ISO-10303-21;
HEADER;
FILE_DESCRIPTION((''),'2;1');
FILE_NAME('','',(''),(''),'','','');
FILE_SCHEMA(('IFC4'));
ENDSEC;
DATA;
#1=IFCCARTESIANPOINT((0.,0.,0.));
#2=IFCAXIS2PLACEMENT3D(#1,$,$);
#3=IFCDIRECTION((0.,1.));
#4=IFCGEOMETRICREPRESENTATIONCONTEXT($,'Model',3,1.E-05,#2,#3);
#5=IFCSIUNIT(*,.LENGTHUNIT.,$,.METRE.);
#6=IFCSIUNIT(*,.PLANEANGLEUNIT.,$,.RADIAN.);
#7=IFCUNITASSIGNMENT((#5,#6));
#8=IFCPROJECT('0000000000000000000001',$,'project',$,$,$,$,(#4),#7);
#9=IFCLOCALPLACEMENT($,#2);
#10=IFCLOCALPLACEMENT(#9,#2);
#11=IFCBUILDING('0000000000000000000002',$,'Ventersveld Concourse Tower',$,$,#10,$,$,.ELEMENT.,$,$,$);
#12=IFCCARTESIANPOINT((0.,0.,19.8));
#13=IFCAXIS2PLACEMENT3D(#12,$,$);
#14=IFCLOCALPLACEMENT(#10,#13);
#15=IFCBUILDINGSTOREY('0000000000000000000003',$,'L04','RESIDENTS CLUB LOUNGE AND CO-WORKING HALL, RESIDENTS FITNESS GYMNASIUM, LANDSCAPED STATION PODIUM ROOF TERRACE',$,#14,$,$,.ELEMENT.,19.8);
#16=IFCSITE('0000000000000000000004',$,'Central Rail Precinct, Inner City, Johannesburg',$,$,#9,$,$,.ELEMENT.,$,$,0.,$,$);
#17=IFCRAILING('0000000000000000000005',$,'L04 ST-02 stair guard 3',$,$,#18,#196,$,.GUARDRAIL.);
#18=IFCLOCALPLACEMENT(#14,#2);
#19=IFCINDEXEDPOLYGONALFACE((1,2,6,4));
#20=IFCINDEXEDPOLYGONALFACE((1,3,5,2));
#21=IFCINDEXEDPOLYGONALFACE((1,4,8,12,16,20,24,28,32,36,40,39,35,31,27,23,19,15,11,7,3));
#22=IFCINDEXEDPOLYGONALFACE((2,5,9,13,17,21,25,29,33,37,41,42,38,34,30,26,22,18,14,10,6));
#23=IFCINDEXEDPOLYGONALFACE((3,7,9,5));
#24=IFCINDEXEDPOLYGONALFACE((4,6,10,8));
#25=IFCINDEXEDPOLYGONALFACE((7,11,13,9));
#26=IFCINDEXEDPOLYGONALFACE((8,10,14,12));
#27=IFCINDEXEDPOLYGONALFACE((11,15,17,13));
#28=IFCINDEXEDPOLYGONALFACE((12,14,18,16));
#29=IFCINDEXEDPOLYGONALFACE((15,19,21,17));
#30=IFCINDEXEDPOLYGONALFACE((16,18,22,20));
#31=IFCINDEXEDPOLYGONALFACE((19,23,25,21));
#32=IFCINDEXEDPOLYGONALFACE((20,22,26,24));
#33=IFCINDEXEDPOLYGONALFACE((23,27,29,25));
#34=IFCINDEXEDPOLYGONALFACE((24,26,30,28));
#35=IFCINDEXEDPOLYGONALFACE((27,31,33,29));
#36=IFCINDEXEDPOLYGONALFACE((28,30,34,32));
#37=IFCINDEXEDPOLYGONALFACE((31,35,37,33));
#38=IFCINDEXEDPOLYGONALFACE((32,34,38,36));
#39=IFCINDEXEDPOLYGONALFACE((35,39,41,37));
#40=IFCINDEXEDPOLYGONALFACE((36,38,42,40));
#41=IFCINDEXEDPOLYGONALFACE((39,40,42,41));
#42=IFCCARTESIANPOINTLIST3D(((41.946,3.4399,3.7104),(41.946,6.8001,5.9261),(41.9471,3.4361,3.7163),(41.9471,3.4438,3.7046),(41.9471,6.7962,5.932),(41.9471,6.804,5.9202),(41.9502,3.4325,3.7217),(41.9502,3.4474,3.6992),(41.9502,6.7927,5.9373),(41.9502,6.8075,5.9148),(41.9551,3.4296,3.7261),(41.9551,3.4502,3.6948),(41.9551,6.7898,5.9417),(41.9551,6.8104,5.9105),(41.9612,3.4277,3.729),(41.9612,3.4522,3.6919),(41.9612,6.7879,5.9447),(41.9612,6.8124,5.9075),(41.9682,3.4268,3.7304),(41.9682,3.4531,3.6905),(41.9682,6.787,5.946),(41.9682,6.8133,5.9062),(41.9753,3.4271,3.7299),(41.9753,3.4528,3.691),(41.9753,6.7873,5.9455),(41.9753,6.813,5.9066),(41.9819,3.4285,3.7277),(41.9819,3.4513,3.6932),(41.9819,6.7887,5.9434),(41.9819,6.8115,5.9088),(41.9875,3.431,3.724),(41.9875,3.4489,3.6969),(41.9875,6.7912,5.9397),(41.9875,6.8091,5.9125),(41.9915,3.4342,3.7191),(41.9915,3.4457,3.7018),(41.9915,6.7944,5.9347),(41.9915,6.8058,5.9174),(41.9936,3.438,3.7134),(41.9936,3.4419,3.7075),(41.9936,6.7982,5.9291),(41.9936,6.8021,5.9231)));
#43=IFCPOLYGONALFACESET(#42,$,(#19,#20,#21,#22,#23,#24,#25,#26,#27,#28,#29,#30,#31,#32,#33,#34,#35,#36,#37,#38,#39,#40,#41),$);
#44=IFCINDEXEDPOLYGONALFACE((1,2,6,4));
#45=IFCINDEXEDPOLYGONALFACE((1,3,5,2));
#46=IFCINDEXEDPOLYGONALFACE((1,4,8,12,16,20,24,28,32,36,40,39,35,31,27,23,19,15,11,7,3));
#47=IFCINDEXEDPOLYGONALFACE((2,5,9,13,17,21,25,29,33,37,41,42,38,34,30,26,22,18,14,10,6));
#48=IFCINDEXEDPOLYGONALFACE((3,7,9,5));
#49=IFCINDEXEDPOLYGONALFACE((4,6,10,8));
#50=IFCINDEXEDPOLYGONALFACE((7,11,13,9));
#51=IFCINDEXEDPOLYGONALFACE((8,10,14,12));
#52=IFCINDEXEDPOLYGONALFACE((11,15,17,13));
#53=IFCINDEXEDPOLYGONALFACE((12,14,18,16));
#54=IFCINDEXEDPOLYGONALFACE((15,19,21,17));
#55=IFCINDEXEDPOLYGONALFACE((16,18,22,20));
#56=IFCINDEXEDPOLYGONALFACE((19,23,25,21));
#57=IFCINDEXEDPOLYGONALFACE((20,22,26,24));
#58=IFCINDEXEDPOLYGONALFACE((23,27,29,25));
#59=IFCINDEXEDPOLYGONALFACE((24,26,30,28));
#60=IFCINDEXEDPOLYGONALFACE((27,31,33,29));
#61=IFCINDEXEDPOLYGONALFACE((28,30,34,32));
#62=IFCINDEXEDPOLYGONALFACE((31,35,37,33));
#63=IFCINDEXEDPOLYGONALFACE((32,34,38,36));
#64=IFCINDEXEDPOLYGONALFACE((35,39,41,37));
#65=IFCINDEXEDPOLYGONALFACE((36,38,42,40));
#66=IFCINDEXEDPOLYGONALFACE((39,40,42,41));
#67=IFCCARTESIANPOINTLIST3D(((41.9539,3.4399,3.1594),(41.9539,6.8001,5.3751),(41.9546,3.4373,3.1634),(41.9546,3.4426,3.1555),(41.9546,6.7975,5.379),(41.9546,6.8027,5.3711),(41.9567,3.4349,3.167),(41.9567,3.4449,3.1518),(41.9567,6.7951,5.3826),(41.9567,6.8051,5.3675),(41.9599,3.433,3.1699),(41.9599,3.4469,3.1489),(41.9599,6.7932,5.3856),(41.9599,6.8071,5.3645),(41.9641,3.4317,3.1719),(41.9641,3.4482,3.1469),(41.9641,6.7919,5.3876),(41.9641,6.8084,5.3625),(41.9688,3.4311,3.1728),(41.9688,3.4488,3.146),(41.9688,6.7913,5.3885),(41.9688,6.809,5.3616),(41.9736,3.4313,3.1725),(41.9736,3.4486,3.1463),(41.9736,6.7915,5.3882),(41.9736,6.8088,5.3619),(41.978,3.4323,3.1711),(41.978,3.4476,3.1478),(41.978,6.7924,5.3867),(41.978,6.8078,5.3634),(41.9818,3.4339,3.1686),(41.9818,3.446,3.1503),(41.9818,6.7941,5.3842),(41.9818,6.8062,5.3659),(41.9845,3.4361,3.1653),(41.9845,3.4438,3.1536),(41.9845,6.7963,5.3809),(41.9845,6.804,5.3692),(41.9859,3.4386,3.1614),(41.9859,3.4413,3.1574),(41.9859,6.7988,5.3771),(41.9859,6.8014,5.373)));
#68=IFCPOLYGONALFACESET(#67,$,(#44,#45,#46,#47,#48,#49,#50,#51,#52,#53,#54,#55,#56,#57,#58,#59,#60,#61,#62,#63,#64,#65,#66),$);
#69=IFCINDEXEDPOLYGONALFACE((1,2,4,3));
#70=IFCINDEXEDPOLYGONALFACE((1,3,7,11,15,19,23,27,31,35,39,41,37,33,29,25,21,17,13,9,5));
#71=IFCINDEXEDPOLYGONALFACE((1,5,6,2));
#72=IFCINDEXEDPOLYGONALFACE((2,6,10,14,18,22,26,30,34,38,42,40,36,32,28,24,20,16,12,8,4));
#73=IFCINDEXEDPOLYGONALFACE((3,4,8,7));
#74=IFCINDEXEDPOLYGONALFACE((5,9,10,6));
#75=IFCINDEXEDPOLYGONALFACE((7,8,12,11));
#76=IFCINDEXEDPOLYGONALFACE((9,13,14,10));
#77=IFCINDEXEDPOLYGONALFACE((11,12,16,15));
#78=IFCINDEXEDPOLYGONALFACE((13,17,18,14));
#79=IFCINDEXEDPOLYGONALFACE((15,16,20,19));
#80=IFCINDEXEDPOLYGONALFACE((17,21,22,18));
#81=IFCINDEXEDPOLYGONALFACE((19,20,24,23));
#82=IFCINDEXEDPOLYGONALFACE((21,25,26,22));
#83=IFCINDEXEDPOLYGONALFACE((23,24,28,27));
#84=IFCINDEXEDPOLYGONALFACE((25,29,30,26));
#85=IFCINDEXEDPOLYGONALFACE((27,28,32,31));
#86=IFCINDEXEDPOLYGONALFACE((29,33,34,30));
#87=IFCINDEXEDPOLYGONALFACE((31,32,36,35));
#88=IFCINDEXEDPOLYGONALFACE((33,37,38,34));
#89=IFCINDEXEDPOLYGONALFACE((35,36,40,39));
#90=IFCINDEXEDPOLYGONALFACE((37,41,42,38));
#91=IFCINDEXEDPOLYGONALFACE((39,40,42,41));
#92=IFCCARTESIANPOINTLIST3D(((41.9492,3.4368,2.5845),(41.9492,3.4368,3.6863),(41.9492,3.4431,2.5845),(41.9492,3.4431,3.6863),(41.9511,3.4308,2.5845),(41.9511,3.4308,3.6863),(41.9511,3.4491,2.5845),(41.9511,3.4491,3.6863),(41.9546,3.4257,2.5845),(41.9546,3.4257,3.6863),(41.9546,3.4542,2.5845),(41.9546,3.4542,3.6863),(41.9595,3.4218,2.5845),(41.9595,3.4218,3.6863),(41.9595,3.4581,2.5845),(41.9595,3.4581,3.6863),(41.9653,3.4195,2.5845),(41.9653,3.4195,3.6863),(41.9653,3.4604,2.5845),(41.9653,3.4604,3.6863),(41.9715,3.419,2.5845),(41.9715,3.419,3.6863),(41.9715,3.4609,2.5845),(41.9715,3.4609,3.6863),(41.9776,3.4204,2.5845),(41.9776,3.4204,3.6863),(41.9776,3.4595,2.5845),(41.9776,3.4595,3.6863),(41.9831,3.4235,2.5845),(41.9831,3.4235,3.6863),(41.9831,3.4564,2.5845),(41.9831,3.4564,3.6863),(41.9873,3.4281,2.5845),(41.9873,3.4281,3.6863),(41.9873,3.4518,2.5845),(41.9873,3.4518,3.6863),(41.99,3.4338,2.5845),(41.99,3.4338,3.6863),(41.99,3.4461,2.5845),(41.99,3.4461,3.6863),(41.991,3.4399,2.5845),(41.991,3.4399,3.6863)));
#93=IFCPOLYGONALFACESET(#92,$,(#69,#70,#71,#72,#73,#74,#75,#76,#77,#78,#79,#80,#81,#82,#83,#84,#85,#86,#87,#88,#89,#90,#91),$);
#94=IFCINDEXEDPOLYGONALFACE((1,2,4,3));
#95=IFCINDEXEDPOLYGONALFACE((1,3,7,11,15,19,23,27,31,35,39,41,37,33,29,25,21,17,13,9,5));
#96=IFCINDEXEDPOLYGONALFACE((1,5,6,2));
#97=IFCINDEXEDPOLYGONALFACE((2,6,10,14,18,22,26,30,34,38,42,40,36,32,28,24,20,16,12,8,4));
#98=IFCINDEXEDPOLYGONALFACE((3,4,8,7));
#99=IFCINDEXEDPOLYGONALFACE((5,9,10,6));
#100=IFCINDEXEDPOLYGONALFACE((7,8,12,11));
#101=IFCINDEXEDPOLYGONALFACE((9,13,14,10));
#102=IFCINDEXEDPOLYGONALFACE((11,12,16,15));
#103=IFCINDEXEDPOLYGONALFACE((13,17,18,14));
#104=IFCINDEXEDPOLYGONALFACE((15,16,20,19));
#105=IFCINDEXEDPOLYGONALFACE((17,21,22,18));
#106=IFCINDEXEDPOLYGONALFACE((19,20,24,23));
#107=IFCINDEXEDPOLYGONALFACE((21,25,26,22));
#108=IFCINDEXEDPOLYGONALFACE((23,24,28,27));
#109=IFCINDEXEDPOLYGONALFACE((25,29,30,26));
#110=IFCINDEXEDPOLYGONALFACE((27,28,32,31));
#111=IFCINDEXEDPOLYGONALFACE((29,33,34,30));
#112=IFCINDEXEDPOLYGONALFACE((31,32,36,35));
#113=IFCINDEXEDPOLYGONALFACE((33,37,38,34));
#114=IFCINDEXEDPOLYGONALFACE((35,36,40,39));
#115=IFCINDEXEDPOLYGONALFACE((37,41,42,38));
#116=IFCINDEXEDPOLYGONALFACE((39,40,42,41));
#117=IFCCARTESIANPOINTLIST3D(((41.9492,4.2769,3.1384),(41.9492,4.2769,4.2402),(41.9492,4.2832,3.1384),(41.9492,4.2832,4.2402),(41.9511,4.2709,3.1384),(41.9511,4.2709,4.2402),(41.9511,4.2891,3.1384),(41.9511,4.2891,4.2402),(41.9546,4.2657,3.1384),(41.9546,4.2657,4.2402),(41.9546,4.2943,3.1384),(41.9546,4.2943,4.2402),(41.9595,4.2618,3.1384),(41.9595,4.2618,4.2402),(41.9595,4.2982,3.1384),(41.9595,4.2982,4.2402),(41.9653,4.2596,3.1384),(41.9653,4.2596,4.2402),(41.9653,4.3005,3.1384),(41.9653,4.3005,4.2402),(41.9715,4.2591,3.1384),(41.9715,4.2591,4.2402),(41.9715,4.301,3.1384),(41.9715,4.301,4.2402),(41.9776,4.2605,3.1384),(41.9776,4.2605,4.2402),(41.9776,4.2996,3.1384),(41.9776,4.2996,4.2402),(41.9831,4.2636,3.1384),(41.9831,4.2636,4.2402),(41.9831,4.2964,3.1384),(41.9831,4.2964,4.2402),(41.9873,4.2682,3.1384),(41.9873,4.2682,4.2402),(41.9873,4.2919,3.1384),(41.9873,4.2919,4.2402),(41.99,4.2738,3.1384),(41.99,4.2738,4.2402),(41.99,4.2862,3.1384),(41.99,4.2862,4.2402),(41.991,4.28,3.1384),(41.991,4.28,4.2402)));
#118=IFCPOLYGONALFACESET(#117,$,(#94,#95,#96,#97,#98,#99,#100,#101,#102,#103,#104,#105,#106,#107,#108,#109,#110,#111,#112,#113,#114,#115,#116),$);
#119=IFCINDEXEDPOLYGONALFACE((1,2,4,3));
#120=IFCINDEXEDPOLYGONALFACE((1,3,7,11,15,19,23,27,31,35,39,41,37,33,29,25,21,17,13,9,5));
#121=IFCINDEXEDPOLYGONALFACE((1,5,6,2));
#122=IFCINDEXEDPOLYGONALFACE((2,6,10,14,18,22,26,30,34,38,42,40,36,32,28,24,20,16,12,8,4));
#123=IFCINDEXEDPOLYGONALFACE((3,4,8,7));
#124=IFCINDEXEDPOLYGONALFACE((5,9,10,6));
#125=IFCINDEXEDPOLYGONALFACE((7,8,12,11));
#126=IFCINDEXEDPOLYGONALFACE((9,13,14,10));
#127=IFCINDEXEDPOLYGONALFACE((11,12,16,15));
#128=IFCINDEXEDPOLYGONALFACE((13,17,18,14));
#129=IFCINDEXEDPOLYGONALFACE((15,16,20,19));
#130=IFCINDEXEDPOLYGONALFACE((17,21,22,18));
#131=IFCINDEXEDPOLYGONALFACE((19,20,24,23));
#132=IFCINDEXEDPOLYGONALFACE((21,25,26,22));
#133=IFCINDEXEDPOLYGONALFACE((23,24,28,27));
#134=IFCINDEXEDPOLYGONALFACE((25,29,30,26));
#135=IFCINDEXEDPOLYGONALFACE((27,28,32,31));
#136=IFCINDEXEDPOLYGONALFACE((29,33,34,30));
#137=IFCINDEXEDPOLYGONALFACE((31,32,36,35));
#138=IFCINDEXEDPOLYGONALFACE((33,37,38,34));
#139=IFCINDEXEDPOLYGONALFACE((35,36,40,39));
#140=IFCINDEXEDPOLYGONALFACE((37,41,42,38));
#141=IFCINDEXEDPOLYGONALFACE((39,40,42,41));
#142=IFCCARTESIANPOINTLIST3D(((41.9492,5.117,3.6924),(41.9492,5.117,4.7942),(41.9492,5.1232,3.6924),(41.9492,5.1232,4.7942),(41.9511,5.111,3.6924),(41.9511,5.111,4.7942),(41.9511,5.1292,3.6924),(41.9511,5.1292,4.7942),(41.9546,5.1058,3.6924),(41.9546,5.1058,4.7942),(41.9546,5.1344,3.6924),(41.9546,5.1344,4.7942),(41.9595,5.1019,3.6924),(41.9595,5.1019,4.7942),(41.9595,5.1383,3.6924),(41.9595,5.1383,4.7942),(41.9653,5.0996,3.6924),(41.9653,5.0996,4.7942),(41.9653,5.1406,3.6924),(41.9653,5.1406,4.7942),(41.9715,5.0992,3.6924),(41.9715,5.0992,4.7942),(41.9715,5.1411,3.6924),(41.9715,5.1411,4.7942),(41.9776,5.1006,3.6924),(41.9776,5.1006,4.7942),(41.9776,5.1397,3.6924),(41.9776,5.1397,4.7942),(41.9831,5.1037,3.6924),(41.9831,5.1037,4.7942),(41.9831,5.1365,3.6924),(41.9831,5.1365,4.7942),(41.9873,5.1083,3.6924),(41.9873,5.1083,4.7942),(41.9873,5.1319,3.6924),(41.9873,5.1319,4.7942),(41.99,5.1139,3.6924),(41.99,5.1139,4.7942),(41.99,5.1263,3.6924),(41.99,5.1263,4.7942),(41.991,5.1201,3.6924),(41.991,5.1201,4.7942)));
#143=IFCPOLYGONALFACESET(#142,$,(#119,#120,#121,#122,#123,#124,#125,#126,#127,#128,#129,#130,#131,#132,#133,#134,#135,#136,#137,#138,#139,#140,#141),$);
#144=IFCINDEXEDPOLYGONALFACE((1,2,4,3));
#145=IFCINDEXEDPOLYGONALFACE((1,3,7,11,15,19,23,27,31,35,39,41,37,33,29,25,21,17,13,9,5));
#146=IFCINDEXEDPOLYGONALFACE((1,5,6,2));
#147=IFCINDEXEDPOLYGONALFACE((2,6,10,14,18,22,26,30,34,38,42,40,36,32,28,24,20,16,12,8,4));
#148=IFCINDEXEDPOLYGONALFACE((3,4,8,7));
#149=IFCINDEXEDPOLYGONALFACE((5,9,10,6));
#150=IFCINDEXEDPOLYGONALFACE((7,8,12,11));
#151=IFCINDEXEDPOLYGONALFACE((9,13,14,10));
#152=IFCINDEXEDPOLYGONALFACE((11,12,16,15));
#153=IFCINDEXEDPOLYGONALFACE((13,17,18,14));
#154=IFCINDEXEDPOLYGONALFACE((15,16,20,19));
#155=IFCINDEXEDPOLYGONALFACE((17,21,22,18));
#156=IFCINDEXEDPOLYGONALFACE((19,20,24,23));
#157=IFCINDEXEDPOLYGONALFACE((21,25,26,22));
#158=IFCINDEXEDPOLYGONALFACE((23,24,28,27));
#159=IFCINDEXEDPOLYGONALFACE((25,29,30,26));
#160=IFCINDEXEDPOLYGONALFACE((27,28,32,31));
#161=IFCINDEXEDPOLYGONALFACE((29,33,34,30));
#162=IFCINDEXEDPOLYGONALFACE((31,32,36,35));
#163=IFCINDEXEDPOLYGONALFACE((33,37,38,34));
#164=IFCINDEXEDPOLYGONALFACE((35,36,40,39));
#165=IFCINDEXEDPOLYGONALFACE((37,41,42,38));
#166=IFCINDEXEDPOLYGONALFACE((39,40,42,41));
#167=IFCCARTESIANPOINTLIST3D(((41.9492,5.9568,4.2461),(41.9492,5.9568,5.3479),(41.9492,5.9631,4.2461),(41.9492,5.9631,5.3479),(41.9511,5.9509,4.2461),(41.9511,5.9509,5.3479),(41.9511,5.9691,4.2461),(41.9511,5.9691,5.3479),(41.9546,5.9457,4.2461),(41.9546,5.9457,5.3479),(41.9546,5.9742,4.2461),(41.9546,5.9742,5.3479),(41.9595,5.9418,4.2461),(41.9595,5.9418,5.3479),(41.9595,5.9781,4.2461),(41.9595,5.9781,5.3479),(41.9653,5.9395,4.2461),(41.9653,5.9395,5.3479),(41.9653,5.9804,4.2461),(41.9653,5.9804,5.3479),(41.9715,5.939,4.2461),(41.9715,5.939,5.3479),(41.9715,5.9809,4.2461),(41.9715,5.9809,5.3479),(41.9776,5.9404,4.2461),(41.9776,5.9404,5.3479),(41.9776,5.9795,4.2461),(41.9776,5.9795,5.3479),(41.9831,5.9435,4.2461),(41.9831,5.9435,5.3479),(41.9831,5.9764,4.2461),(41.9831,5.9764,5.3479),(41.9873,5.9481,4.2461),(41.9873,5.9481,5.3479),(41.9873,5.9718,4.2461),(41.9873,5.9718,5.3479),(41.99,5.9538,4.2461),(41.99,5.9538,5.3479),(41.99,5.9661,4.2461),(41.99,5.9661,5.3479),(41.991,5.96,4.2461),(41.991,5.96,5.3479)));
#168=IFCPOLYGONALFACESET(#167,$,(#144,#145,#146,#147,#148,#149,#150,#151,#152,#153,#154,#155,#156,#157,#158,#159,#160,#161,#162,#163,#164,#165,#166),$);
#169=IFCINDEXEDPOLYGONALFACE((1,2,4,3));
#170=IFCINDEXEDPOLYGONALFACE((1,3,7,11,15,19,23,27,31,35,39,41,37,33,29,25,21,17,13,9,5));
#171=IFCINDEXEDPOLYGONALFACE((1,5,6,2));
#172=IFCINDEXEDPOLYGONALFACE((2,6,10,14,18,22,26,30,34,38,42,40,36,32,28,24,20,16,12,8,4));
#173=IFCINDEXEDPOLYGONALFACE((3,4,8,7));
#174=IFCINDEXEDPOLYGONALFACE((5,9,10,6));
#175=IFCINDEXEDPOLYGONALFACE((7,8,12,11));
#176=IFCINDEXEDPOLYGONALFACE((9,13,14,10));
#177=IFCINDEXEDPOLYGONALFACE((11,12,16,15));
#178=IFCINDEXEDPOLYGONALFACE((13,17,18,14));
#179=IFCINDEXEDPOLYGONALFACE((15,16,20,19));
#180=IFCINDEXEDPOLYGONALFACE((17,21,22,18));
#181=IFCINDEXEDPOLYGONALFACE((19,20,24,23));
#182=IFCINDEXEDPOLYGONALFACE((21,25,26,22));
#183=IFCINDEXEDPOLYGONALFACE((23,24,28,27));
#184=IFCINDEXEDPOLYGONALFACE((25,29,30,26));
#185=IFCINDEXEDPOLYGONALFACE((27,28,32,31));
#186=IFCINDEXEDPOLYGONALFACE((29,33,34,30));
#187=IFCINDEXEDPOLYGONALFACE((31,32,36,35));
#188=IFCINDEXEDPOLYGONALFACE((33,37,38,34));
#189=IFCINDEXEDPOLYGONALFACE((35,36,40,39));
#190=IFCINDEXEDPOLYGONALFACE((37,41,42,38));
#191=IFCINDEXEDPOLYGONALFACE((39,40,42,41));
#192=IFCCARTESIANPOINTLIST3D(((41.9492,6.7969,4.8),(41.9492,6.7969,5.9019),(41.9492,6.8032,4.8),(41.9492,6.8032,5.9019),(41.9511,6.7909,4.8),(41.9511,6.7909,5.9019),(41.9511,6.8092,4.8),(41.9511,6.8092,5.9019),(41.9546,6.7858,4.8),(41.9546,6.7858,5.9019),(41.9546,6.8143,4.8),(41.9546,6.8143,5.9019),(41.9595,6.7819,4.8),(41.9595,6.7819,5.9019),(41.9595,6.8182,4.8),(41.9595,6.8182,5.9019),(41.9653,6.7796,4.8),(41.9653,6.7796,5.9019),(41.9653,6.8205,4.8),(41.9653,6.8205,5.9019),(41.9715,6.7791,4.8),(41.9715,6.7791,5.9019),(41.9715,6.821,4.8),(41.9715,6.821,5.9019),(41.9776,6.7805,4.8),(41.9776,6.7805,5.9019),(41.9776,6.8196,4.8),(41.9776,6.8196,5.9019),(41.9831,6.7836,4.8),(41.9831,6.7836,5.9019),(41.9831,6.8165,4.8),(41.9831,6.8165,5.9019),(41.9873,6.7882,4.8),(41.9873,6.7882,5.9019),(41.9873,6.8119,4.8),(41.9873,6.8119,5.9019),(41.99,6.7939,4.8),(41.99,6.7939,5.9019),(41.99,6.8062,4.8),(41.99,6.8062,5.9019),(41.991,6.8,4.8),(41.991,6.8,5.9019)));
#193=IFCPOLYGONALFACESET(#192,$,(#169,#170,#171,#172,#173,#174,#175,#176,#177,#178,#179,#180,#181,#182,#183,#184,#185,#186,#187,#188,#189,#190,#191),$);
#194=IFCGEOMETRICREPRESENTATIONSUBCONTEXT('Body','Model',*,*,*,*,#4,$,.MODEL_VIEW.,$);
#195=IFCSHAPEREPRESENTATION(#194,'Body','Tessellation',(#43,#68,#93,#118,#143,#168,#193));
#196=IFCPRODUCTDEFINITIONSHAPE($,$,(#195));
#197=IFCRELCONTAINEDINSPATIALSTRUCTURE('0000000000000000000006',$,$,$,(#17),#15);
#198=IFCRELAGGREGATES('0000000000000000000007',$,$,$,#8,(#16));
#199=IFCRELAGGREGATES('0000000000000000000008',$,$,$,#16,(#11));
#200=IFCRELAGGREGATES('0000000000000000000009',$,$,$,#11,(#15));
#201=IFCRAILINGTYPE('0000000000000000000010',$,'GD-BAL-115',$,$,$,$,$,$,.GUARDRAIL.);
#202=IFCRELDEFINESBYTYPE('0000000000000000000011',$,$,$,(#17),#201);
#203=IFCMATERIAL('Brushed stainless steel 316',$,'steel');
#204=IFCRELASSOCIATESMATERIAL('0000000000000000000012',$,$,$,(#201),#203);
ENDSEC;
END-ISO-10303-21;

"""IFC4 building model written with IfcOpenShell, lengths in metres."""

from ifc_helpers import new_model, si_unit, direction, frame, origin, origin_2d, place, context, subcontext, project, spatial, circle, extrude, material, type_object, element, save


model = new_model("IFC4")

# Units and contexts
model_context = context("Model", 3, precision=1e-05, world=origin(), true_north=direction((0.0, 1.0)))
body_context = subcontext(model_context, "Body", "Model", "MODEL_VIEW")
ifc_project = project(units=[si_unit("LENGTHUNIT", "METRE"), si_unit("PLANEANGLEUNIT", "RADIAN")], contexts=[model_context])

# Site, building, storey
site_placement = place(None, origin())
site = spatial("IfcSite", under=ifc_project, at=site_placement, Name="Central Rail Precinct, Inner City, Johannesburg", CompositionType="ELEMENT", RefElevation=0.0)
building_placement = place(site_placement, origin())
building = spatial("IfcBuilding", under=site, at=building_placement, Name="Ventersveld Concourse Tower", CompositionType="ELEMENT")
storey_placement = place(building_placement, frame((0.0, 0.0, 19.8)))
storey = spatial("IfcBuildingStorey", under=building, at=storey_placement, Name="L04", Description="RESIDENTS CLUB LOUNGE AND CO-WORKING HALL, RESIDENTS FITNESS GYMNASIUM, LANDSCAPED STATION PODIUM ROOF TERRACE", CompositionType="ELEMENT", Elevation=19.8)

# Railing
ifc_material_1 = material(Name="Brushed stainless steel 316", Category="steel")
railing_type_1 = type_object("IfcRailingType", Name="GD-BAL-115", PredefinedType="GUARDRAIL", material=ifc_material_1)
railing_1_placement = place(storey_placement, frame((41.97, 3.4399, 2.5845)))
element("IfcRailing", 1, at=railing_1_placement, inside=storey, type_object=railing_type_1, Name="L04 ST-02 stair guard 3", PredefinedType="GUARDRAIL", context=body_context, shape_type="SweptSolid", body=[
    extrude(circle(Radius=0.0239, at=origin_2d()), frame((0.0, 0.0, 1.126), z_axis=(0.0, 0.834849, 0.55048), x_axis=(-1.0, 0.0, 0.0)), (0.0, 0.0, 1.0), 4.0249),
    extrude(circle(Radius=0.0161, at=origin_2d()), frame((0.0, 0.0, 0.575), z_axis=(0.0, 0.834849, 0.55048), x_axis=(-1.0, 0.0, 0.0)), (0.0, 0.0, 1.0), 4.0249),
    extrude(circle(Radius=0.021, at=origin_2d()), origin(), (0.0, 0.0, 1.0), 1.1018),
    extrude(circle(Radius=0.021, at=origin_2d()), frame((0.0, 0.8401, 0.554)), (0.0, 0.0, 1.0), 1.1018),
    extrude(circle(Radius=0.021, at=origin_2d()), frame((0.0, 1.6802, 1.1079)), (0.0, 0.0, 1.0), 1.1018),
    extrude(circle(Radius=0.021, at=origin_2d()), frame((0.0, 2.52, 1.6616)), (0.0, 0.0, 1.0), 1.1018),
    extrude(circle(Radius=0.021, at=origin_2d()), frame((0.0, 3.3601, 2.2156)), (0.0, 0.0, 1.0), 1.1018),
])

save(model, "model.ifc")
